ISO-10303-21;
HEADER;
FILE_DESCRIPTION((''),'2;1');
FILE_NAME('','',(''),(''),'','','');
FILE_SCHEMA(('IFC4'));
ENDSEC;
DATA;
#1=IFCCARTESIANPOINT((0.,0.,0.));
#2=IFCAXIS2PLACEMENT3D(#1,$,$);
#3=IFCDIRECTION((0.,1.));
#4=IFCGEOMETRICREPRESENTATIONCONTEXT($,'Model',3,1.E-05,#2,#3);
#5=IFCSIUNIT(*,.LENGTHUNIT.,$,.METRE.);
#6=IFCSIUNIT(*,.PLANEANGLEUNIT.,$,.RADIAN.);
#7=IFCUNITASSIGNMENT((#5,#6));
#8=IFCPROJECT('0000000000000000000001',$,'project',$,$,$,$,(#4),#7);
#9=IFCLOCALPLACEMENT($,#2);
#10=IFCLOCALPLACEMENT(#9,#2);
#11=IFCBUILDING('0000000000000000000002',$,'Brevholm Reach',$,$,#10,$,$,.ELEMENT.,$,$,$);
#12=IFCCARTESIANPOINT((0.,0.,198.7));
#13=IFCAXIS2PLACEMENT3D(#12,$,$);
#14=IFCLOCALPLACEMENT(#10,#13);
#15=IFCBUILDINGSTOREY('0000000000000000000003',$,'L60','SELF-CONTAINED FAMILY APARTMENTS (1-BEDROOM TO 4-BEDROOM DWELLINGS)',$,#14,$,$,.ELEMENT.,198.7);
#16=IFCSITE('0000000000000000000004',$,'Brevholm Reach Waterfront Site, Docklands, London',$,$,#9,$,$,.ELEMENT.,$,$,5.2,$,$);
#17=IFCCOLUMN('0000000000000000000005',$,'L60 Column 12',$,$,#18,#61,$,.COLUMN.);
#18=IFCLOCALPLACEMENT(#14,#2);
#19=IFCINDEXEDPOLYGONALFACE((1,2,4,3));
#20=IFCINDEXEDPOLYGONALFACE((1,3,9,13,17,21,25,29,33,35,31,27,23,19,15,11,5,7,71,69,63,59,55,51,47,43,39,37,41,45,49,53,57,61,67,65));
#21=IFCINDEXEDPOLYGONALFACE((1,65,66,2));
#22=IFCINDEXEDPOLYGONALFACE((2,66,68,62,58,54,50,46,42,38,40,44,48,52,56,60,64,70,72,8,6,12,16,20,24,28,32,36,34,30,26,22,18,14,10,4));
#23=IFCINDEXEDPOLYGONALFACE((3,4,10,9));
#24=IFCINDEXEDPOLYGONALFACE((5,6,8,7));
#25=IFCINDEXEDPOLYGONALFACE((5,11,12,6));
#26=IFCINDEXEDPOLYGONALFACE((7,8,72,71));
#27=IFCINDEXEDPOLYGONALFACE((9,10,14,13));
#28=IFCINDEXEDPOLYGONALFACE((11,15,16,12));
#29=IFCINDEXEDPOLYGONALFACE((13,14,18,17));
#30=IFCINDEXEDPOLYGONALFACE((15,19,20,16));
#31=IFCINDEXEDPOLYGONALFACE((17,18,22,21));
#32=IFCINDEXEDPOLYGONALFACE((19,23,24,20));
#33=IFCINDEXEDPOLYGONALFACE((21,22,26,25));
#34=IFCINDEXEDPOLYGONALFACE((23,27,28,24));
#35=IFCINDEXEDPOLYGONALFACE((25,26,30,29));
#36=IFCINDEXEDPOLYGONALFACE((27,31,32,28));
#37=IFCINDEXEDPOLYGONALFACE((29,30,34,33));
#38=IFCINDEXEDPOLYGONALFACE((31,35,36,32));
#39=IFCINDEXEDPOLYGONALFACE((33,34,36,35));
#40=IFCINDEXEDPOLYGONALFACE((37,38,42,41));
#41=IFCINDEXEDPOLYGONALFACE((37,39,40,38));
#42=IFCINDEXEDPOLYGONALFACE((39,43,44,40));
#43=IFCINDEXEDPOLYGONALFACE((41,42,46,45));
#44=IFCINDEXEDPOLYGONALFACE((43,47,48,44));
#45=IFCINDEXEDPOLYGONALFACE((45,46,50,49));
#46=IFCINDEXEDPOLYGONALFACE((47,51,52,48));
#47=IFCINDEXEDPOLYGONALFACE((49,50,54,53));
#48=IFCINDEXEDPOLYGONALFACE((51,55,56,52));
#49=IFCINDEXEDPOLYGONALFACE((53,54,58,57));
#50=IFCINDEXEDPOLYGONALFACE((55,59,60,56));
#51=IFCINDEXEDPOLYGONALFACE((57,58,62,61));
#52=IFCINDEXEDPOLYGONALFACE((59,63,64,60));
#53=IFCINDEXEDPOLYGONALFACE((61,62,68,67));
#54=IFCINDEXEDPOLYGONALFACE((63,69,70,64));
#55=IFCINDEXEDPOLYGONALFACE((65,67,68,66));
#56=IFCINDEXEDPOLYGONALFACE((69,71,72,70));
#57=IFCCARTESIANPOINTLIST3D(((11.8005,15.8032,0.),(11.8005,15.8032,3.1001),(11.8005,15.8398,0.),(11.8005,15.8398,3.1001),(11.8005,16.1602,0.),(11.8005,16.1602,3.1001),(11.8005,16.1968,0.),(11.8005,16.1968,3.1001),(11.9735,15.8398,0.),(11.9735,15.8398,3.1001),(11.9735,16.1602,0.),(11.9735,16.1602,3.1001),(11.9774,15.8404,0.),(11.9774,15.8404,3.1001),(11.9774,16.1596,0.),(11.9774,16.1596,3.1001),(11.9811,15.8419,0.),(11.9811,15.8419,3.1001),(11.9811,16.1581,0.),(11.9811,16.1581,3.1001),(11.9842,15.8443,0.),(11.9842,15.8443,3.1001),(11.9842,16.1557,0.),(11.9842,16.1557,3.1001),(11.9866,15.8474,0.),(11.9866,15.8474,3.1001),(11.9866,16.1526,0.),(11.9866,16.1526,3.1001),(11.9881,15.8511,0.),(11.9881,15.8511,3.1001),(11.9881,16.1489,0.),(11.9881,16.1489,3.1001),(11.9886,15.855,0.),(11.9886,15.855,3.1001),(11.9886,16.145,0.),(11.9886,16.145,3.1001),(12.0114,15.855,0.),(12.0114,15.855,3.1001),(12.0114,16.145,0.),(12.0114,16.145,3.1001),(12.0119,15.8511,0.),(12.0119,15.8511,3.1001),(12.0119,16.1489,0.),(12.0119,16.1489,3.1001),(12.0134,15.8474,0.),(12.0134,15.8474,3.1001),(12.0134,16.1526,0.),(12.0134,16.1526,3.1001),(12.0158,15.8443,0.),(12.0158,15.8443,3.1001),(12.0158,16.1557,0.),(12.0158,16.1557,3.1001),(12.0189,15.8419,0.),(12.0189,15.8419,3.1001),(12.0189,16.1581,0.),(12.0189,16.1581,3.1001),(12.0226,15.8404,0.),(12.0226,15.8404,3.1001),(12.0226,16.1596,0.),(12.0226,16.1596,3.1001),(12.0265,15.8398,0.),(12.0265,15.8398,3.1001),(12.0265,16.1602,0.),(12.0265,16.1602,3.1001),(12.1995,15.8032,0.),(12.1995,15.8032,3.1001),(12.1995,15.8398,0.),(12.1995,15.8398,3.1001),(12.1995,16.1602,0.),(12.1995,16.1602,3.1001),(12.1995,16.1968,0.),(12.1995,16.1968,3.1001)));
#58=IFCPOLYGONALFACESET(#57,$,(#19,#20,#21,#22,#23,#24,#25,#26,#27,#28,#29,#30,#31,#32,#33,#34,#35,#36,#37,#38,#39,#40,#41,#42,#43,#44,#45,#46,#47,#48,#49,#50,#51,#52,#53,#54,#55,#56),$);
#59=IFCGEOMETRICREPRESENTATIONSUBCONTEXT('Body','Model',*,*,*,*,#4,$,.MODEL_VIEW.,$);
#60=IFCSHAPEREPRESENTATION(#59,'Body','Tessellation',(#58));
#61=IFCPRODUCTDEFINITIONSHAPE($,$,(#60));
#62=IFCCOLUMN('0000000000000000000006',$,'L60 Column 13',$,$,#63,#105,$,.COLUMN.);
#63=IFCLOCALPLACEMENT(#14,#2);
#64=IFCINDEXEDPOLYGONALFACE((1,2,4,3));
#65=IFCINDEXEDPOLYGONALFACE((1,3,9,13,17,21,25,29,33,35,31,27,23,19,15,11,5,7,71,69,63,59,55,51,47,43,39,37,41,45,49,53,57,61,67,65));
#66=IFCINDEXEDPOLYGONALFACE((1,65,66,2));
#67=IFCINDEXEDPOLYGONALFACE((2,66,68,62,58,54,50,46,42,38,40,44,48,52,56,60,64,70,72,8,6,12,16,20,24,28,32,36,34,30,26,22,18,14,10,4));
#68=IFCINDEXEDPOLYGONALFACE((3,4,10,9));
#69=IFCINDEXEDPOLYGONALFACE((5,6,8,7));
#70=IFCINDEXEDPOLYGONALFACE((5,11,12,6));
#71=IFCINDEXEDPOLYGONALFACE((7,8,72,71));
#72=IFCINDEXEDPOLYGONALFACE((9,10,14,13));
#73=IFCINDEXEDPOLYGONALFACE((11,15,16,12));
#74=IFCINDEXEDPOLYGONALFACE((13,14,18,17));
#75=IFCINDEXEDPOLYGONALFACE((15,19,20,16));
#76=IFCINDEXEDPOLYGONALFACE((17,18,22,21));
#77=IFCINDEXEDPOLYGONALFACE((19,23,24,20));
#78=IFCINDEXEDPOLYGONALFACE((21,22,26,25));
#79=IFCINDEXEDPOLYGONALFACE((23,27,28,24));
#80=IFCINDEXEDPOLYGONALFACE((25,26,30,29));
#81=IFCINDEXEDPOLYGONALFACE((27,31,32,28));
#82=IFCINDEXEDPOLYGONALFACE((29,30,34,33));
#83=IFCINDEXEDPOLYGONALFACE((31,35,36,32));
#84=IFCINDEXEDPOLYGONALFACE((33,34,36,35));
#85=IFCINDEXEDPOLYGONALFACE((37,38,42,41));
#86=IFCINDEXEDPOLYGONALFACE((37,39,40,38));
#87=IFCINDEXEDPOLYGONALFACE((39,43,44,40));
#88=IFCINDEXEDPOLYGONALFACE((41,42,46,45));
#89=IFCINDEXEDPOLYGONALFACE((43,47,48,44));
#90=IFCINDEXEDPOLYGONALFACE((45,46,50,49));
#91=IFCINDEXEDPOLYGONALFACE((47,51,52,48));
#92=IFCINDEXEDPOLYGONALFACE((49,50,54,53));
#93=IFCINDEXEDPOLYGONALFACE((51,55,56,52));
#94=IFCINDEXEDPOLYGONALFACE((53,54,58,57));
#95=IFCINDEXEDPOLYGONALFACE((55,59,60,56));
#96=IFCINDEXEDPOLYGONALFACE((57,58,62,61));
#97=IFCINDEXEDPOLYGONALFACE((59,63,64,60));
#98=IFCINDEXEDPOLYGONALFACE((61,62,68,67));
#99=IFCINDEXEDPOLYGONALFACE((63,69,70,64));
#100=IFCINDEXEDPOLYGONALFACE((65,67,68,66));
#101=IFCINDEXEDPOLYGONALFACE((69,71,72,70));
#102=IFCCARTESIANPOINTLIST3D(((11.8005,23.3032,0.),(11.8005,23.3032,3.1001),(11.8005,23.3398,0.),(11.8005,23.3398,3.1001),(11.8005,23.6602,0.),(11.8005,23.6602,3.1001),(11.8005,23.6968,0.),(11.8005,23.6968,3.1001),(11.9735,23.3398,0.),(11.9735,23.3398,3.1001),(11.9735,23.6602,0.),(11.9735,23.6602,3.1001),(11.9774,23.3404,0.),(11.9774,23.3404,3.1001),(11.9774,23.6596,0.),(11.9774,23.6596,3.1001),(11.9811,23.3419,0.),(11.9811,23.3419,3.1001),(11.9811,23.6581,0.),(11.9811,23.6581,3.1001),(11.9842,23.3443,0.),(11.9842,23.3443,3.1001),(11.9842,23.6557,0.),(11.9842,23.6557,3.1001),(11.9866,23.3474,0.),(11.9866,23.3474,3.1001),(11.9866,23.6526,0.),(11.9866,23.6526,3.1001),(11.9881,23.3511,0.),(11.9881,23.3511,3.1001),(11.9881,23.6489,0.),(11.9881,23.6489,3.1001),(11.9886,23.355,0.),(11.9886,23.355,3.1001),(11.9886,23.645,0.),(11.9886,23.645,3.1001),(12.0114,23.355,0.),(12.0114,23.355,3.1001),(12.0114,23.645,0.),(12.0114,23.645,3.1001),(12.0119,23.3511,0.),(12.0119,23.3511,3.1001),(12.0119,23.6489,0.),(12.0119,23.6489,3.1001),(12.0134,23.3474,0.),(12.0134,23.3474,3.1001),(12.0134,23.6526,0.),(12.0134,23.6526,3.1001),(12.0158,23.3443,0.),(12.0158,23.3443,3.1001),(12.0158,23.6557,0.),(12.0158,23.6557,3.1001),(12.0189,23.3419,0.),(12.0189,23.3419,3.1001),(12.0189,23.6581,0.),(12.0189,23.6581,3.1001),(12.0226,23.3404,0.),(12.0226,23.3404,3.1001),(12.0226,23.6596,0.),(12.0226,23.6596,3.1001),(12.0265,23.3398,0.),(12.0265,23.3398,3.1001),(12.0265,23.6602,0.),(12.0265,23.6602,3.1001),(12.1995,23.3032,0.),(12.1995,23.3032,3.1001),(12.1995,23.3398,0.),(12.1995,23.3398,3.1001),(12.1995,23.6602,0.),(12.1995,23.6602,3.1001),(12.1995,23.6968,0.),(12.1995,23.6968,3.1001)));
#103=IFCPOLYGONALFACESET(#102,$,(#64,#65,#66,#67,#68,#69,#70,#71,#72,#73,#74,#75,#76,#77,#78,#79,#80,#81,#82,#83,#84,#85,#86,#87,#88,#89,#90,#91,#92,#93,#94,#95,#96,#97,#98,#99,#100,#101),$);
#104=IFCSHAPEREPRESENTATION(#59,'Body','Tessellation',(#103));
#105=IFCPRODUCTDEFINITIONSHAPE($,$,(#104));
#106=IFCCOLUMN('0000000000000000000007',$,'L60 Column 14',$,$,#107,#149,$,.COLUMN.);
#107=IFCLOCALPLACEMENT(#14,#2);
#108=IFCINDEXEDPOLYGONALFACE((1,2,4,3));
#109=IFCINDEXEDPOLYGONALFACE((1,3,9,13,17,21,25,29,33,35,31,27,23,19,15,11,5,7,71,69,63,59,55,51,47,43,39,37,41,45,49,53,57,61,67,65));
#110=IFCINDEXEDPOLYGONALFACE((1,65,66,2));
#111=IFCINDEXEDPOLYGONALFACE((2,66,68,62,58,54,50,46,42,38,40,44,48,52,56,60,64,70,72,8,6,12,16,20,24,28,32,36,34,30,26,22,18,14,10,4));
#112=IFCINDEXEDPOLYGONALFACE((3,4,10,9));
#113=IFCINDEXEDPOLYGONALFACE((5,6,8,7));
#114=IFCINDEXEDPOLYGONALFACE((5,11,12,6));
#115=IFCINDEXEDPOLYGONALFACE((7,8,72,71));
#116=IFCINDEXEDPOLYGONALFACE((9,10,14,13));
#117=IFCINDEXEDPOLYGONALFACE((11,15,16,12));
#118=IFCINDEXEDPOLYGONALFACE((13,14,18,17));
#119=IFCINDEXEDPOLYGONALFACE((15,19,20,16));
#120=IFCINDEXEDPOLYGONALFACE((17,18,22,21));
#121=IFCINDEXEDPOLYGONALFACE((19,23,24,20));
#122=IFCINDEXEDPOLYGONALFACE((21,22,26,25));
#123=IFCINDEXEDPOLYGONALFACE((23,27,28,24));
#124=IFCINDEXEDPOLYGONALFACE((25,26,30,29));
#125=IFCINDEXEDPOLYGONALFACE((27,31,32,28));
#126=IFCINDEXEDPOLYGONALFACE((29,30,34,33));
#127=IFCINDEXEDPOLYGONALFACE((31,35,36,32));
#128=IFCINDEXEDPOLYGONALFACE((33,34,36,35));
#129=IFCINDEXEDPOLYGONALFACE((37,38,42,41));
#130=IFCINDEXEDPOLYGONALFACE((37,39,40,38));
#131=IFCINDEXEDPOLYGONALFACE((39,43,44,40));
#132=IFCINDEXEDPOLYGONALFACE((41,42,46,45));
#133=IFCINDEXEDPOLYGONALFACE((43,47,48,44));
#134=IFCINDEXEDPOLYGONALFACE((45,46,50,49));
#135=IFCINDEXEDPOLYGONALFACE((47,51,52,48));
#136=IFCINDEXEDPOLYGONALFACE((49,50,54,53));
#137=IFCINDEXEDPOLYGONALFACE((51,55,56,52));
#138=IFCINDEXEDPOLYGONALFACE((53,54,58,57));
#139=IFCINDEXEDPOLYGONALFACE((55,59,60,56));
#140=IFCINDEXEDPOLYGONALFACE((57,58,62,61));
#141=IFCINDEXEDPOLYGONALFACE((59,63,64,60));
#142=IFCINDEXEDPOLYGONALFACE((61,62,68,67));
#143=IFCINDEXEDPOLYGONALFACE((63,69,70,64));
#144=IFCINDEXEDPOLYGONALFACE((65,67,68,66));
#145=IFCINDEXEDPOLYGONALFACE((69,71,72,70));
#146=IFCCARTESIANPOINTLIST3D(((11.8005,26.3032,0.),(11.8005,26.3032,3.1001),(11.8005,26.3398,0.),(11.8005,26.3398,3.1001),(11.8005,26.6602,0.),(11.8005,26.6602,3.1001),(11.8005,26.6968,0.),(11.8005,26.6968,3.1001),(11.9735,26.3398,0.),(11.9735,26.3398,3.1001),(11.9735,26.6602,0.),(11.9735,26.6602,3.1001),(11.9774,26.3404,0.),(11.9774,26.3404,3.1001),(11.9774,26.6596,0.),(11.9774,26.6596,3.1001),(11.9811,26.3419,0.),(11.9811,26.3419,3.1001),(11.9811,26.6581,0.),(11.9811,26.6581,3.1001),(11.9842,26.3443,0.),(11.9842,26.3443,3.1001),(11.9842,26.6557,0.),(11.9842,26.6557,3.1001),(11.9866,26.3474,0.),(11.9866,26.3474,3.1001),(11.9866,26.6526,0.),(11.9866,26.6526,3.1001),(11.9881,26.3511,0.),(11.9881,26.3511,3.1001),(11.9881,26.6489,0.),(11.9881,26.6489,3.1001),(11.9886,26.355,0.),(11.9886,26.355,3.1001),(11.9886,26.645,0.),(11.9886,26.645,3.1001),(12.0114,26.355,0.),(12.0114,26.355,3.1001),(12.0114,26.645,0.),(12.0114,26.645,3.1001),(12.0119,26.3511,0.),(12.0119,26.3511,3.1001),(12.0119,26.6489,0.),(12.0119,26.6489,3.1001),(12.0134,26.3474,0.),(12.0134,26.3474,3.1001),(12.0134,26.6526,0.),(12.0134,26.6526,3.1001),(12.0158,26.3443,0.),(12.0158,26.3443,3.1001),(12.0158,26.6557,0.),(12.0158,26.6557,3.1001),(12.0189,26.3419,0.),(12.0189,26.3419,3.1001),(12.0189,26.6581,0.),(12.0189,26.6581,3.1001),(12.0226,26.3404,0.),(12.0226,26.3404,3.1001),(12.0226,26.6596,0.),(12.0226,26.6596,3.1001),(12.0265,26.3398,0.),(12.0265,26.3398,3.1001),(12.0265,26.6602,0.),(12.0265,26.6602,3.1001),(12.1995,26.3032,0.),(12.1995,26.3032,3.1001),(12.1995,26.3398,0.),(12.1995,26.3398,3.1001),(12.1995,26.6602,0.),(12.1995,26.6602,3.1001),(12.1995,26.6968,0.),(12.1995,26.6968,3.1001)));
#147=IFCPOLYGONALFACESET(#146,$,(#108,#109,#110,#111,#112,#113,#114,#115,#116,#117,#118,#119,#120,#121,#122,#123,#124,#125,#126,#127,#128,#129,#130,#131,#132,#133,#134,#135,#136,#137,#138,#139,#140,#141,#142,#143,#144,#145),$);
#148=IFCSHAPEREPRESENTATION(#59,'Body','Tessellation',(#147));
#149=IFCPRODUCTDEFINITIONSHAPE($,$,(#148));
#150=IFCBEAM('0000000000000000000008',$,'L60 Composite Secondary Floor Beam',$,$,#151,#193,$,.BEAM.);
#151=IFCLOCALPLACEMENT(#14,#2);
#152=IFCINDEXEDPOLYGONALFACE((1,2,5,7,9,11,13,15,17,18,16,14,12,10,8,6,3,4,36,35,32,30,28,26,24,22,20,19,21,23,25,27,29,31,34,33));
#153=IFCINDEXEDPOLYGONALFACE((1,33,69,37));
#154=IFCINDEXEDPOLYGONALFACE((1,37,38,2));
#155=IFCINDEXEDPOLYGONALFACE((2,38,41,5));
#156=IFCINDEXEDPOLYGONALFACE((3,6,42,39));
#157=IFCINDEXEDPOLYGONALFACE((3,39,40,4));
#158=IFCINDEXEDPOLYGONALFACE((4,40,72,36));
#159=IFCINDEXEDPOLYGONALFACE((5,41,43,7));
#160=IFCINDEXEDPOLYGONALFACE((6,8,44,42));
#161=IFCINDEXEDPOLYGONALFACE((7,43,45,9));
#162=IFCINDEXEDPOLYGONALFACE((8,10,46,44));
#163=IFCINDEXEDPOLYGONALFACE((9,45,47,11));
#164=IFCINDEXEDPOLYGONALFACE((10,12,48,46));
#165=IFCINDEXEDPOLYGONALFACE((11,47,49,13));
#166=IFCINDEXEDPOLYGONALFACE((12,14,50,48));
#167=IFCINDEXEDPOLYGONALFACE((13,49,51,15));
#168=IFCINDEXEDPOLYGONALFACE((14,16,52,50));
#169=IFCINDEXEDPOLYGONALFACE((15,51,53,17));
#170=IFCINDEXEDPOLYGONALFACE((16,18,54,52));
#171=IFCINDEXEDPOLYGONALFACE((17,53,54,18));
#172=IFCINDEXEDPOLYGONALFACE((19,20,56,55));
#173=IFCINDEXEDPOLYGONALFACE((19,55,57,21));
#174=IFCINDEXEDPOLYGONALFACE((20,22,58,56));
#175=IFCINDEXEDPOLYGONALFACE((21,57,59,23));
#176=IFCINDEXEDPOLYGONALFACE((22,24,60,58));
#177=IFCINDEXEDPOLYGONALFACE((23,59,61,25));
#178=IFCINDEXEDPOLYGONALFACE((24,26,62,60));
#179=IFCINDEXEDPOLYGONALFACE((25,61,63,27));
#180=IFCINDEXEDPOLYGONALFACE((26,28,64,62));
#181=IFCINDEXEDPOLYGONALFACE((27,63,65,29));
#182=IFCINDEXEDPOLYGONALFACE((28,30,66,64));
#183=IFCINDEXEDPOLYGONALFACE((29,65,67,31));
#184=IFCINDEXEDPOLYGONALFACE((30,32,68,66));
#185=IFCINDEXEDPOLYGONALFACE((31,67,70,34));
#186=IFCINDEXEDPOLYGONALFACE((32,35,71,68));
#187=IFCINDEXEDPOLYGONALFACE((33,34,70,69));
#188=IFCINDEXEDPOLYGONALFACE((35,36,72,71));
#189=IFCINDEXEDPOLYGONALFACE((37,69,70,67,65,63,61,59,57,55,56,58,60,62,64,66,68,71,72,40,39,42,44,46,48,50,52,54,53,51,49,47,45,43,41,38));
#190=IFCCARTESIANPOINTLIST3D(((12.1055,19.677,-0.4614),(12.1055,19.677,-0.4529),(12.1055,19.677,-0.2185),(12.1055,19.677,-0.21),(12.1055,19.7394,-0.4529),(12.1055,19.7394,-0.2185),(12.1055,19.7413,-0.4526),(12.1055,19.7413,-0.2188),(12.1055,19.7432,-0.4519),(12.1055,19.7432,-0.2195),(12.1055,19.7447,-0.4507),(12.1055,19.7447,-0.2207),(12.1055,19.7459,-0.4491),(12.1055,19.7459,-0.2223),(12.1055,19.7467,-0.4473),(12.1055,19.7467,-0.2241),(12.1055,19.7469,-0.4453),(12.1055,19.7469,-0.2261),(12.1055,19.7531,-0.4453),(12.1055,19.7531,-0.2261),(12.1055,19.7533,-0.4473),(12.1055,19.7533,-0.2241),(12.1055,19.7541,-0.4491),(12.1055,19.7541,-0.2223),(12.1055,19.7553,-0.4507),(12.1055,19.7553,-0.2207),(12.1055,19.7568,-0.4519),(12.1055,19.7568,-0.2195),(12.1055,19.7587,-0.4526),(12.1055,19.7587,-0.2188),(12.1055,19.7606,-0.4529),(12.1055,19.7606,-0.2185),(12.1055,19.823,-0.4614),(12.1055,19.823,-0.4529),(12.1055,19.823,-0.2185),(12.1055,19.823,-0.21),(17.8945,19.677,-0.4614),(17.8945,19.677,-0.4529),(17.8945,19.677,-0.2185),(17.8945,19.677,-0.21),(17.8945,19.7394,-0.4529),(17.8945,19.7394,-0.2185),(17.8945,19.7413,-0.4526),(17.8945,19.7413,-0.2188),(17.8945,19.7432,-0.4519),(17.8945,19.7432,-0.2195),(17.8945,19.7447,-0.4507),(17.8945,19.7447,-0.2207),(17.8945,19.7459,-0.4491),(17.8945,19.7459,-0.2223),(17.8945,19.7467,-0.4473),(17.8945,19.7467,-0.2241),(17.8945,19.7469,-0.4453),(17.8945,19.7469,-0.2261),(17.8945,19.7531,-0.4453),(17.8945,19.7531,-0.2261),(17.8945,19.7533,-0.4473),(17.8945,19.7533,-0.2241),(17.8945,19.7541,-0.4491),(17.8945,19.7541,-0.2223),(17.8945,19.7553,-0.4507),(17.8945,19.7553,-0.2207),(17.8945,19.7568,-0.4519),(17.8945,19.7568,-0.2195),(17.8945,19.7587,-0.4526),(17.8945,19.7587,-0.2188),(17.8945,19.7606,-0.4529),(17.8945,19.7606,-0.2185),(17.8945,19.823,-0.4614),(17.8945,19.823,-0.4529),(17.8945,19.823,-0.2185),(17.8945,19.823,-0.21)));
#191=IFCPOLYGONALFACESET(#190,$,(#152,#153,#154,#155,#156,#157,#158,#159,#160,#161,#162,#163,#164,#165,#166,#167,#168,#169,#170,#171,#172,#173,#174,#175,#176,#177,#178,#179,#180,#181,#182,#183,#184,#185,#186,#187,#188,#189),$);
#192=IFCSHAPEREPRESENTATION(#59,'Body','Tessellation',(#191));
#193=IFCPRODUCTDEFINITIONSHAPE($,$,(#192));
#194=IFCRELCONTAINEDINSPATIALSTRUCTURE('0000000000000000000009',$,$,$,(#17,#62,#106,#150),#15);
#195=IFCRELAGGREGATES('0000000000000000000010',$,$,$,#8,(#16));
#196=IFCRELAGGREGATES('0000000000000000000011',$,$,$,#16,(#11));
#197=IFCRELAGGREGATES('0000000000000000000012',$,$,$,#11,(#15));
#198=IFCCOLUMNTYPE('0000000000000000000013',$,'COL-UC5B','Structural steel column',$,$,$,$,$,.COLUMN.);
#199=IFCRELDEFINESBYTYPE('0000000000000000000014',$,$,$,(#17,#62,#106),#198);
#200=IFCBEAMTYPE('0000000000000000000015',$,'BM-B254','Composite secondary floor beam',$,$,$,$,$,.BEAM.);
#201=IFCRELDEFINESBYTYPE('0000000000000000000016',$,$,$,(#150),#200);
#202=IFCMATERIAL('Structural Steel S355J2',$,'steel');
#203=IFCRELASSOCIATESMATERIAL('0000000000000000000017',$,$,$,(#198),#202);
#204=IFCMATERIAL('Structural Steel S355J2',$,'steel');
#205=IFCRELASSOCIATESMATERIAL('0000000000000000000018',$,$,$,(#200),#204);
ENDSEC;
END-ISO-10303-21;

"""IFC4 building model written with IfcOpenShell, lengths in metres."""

from ifc_helpers import new_model, si_unit, direction, frame, origin, origin_2d, place, context, subcontext, project, spatial, i_section, extrude, material, material_profile, profile_set, type_object, element, save


model = new_model("IFC4")

# Units and contexts
model_context = context("Model", 3, precision=1e-05, world=origin(), true_north=direction((0.0, 1.0)))
body_context = subcontext(model_context, "Body", "Model", "MODEL_VIEW")
ifc_project = project(units=[si_unit("LENGTHUNIT", "METRE"), si_unit("PLANEANGLEUNIT", "RADIAN")], contexts=[model_context])

# Site, building, storey
site_placement = place(None, origin())
site = spatial("IfcSite", under=ifc_project, at=site_placement, Name="Brevholm Reach Waterfront Site, Docklands, London", CompositionType="ELEMENT", RefElevation=5.2)
building_placement = place(site_placement, origin())
building = spatial("IfcBuilding", under=site, at=building_placement, Name="Brevholm Reach", CompositionType="ELEMENT")
storey_placement = place(building_placement, frame((0.0, 0.0, 198.7)))
storey = spatial("IfcBuildingStorey", under=building, at=storey_placement, Name="L60", Description="SELF-CONTAINED FAMILY APARTMENTS (1-BEDROOM TO 4-BEDROOM DWELLINGS)", CompositionType="ELEMENT", Elevation=198.7)

# Columns
ifc_material_1 = material(Name="Structural Steel S355J2", Category="steel")
ifc_material_profile_1 = material_profile(ifc_material_1, i_section(OverallWidth=0.3989, OverallDepth=0.3936, WebThickness=0.0227, FlangeThickness=0.0366, FilletRadius=0.0151, at=origin_2d()), Name="UKC 356x406x287")
ifc_profile_set_1 = profile_set([ifc_material_profile_1], Name="Structural Steel S355J2")
column_type = type_object("IfcColumnType", Name="COL-UC5B", Description="Structural steel column", PredefinedType="COLUMN", material=ifc_profile_set_1)
for number, where, z_axis, x_axis, name in (
    (1, (12.0, 16.0, 0.0), (0.0, 0.0, 1.0), (1.0, 0.0, 0.0), "L60 Column 12"),
    (2, (12.0, 23.5, 0.0), (0.0, 0.0, 1.0), (1.0, 0.0, 0.0), "L60 Column 13"),
    (3, (12.0, 26.5, 0.0), (0.0, 0.0, 1.0), (1.0, 0.0, 0.0), "L60 Column 14"),
):
    element("IfcColumn", number, at=place(storey_placement, frame(where, z_axis=z_axis, x_axis=x_axis)), inside=storey, type_object=column_type, Name=name, PredefinedType="COLUMN", context=body_context, shape_type="SweptSolid", body=[
        extrude(i_section(OverallWidth=0.3989, OverallDepth=0.3936, WebThickness=0.0227, FlangeThickness=0.0366, FilletRadius=0.0151, at=origin_2d()), origin(), (0.0, 0.0, 1.0), 3.1001),
    ])

# Beam
ifc_material_2 = material(Name="Structural Steel S355J2", Category="steel")
ifc_material_profile_2 = material_profile(ifc_material_2, i_section(OverallWidth=0.146, OverallDepth=0.2515, WebThickness=0.0061, FlangeThickness=0.0085, FilletRadius=0.0076, at=origin_2d()), Name="UKB 254x146x31")
ifc_profile_set_2 = profile_set([ifc_material_profile_2], Name="Structural Steel S355J2")
beam_type_1 = type_object("IfcBeamType", Name="BM-B254", Description="Composite secondary floor beam", PredefinedType="BEAM", material=ifc_profile_set_2)
beam_1_placement = place(storey_placement, frame((12.1055, 19.75, -0.3357), z_axis=(1.0, 0.0, 0.0), x_axis=(0.0, 1.0, 0.0)))
element("IfcBeam", 4, at=beam_1_placement, inside=storey, type_object=beam_type_1, Name="L60 Composite Secondary Floor Beam", PredefinedType="BEAM", context=body_context, shape_type="SweptSolid", body=[
    extrude(i_section(OverallWidth=0.146, OverallDepth=0.2515, WebThickness=0.0061, FlangeThickness=0.0085, FilletRadius=0.0076, at=origin_2d()), origin(), (0.0, 0.0, 1.0), 5.7891),
])

save(model, "model.ifc")
